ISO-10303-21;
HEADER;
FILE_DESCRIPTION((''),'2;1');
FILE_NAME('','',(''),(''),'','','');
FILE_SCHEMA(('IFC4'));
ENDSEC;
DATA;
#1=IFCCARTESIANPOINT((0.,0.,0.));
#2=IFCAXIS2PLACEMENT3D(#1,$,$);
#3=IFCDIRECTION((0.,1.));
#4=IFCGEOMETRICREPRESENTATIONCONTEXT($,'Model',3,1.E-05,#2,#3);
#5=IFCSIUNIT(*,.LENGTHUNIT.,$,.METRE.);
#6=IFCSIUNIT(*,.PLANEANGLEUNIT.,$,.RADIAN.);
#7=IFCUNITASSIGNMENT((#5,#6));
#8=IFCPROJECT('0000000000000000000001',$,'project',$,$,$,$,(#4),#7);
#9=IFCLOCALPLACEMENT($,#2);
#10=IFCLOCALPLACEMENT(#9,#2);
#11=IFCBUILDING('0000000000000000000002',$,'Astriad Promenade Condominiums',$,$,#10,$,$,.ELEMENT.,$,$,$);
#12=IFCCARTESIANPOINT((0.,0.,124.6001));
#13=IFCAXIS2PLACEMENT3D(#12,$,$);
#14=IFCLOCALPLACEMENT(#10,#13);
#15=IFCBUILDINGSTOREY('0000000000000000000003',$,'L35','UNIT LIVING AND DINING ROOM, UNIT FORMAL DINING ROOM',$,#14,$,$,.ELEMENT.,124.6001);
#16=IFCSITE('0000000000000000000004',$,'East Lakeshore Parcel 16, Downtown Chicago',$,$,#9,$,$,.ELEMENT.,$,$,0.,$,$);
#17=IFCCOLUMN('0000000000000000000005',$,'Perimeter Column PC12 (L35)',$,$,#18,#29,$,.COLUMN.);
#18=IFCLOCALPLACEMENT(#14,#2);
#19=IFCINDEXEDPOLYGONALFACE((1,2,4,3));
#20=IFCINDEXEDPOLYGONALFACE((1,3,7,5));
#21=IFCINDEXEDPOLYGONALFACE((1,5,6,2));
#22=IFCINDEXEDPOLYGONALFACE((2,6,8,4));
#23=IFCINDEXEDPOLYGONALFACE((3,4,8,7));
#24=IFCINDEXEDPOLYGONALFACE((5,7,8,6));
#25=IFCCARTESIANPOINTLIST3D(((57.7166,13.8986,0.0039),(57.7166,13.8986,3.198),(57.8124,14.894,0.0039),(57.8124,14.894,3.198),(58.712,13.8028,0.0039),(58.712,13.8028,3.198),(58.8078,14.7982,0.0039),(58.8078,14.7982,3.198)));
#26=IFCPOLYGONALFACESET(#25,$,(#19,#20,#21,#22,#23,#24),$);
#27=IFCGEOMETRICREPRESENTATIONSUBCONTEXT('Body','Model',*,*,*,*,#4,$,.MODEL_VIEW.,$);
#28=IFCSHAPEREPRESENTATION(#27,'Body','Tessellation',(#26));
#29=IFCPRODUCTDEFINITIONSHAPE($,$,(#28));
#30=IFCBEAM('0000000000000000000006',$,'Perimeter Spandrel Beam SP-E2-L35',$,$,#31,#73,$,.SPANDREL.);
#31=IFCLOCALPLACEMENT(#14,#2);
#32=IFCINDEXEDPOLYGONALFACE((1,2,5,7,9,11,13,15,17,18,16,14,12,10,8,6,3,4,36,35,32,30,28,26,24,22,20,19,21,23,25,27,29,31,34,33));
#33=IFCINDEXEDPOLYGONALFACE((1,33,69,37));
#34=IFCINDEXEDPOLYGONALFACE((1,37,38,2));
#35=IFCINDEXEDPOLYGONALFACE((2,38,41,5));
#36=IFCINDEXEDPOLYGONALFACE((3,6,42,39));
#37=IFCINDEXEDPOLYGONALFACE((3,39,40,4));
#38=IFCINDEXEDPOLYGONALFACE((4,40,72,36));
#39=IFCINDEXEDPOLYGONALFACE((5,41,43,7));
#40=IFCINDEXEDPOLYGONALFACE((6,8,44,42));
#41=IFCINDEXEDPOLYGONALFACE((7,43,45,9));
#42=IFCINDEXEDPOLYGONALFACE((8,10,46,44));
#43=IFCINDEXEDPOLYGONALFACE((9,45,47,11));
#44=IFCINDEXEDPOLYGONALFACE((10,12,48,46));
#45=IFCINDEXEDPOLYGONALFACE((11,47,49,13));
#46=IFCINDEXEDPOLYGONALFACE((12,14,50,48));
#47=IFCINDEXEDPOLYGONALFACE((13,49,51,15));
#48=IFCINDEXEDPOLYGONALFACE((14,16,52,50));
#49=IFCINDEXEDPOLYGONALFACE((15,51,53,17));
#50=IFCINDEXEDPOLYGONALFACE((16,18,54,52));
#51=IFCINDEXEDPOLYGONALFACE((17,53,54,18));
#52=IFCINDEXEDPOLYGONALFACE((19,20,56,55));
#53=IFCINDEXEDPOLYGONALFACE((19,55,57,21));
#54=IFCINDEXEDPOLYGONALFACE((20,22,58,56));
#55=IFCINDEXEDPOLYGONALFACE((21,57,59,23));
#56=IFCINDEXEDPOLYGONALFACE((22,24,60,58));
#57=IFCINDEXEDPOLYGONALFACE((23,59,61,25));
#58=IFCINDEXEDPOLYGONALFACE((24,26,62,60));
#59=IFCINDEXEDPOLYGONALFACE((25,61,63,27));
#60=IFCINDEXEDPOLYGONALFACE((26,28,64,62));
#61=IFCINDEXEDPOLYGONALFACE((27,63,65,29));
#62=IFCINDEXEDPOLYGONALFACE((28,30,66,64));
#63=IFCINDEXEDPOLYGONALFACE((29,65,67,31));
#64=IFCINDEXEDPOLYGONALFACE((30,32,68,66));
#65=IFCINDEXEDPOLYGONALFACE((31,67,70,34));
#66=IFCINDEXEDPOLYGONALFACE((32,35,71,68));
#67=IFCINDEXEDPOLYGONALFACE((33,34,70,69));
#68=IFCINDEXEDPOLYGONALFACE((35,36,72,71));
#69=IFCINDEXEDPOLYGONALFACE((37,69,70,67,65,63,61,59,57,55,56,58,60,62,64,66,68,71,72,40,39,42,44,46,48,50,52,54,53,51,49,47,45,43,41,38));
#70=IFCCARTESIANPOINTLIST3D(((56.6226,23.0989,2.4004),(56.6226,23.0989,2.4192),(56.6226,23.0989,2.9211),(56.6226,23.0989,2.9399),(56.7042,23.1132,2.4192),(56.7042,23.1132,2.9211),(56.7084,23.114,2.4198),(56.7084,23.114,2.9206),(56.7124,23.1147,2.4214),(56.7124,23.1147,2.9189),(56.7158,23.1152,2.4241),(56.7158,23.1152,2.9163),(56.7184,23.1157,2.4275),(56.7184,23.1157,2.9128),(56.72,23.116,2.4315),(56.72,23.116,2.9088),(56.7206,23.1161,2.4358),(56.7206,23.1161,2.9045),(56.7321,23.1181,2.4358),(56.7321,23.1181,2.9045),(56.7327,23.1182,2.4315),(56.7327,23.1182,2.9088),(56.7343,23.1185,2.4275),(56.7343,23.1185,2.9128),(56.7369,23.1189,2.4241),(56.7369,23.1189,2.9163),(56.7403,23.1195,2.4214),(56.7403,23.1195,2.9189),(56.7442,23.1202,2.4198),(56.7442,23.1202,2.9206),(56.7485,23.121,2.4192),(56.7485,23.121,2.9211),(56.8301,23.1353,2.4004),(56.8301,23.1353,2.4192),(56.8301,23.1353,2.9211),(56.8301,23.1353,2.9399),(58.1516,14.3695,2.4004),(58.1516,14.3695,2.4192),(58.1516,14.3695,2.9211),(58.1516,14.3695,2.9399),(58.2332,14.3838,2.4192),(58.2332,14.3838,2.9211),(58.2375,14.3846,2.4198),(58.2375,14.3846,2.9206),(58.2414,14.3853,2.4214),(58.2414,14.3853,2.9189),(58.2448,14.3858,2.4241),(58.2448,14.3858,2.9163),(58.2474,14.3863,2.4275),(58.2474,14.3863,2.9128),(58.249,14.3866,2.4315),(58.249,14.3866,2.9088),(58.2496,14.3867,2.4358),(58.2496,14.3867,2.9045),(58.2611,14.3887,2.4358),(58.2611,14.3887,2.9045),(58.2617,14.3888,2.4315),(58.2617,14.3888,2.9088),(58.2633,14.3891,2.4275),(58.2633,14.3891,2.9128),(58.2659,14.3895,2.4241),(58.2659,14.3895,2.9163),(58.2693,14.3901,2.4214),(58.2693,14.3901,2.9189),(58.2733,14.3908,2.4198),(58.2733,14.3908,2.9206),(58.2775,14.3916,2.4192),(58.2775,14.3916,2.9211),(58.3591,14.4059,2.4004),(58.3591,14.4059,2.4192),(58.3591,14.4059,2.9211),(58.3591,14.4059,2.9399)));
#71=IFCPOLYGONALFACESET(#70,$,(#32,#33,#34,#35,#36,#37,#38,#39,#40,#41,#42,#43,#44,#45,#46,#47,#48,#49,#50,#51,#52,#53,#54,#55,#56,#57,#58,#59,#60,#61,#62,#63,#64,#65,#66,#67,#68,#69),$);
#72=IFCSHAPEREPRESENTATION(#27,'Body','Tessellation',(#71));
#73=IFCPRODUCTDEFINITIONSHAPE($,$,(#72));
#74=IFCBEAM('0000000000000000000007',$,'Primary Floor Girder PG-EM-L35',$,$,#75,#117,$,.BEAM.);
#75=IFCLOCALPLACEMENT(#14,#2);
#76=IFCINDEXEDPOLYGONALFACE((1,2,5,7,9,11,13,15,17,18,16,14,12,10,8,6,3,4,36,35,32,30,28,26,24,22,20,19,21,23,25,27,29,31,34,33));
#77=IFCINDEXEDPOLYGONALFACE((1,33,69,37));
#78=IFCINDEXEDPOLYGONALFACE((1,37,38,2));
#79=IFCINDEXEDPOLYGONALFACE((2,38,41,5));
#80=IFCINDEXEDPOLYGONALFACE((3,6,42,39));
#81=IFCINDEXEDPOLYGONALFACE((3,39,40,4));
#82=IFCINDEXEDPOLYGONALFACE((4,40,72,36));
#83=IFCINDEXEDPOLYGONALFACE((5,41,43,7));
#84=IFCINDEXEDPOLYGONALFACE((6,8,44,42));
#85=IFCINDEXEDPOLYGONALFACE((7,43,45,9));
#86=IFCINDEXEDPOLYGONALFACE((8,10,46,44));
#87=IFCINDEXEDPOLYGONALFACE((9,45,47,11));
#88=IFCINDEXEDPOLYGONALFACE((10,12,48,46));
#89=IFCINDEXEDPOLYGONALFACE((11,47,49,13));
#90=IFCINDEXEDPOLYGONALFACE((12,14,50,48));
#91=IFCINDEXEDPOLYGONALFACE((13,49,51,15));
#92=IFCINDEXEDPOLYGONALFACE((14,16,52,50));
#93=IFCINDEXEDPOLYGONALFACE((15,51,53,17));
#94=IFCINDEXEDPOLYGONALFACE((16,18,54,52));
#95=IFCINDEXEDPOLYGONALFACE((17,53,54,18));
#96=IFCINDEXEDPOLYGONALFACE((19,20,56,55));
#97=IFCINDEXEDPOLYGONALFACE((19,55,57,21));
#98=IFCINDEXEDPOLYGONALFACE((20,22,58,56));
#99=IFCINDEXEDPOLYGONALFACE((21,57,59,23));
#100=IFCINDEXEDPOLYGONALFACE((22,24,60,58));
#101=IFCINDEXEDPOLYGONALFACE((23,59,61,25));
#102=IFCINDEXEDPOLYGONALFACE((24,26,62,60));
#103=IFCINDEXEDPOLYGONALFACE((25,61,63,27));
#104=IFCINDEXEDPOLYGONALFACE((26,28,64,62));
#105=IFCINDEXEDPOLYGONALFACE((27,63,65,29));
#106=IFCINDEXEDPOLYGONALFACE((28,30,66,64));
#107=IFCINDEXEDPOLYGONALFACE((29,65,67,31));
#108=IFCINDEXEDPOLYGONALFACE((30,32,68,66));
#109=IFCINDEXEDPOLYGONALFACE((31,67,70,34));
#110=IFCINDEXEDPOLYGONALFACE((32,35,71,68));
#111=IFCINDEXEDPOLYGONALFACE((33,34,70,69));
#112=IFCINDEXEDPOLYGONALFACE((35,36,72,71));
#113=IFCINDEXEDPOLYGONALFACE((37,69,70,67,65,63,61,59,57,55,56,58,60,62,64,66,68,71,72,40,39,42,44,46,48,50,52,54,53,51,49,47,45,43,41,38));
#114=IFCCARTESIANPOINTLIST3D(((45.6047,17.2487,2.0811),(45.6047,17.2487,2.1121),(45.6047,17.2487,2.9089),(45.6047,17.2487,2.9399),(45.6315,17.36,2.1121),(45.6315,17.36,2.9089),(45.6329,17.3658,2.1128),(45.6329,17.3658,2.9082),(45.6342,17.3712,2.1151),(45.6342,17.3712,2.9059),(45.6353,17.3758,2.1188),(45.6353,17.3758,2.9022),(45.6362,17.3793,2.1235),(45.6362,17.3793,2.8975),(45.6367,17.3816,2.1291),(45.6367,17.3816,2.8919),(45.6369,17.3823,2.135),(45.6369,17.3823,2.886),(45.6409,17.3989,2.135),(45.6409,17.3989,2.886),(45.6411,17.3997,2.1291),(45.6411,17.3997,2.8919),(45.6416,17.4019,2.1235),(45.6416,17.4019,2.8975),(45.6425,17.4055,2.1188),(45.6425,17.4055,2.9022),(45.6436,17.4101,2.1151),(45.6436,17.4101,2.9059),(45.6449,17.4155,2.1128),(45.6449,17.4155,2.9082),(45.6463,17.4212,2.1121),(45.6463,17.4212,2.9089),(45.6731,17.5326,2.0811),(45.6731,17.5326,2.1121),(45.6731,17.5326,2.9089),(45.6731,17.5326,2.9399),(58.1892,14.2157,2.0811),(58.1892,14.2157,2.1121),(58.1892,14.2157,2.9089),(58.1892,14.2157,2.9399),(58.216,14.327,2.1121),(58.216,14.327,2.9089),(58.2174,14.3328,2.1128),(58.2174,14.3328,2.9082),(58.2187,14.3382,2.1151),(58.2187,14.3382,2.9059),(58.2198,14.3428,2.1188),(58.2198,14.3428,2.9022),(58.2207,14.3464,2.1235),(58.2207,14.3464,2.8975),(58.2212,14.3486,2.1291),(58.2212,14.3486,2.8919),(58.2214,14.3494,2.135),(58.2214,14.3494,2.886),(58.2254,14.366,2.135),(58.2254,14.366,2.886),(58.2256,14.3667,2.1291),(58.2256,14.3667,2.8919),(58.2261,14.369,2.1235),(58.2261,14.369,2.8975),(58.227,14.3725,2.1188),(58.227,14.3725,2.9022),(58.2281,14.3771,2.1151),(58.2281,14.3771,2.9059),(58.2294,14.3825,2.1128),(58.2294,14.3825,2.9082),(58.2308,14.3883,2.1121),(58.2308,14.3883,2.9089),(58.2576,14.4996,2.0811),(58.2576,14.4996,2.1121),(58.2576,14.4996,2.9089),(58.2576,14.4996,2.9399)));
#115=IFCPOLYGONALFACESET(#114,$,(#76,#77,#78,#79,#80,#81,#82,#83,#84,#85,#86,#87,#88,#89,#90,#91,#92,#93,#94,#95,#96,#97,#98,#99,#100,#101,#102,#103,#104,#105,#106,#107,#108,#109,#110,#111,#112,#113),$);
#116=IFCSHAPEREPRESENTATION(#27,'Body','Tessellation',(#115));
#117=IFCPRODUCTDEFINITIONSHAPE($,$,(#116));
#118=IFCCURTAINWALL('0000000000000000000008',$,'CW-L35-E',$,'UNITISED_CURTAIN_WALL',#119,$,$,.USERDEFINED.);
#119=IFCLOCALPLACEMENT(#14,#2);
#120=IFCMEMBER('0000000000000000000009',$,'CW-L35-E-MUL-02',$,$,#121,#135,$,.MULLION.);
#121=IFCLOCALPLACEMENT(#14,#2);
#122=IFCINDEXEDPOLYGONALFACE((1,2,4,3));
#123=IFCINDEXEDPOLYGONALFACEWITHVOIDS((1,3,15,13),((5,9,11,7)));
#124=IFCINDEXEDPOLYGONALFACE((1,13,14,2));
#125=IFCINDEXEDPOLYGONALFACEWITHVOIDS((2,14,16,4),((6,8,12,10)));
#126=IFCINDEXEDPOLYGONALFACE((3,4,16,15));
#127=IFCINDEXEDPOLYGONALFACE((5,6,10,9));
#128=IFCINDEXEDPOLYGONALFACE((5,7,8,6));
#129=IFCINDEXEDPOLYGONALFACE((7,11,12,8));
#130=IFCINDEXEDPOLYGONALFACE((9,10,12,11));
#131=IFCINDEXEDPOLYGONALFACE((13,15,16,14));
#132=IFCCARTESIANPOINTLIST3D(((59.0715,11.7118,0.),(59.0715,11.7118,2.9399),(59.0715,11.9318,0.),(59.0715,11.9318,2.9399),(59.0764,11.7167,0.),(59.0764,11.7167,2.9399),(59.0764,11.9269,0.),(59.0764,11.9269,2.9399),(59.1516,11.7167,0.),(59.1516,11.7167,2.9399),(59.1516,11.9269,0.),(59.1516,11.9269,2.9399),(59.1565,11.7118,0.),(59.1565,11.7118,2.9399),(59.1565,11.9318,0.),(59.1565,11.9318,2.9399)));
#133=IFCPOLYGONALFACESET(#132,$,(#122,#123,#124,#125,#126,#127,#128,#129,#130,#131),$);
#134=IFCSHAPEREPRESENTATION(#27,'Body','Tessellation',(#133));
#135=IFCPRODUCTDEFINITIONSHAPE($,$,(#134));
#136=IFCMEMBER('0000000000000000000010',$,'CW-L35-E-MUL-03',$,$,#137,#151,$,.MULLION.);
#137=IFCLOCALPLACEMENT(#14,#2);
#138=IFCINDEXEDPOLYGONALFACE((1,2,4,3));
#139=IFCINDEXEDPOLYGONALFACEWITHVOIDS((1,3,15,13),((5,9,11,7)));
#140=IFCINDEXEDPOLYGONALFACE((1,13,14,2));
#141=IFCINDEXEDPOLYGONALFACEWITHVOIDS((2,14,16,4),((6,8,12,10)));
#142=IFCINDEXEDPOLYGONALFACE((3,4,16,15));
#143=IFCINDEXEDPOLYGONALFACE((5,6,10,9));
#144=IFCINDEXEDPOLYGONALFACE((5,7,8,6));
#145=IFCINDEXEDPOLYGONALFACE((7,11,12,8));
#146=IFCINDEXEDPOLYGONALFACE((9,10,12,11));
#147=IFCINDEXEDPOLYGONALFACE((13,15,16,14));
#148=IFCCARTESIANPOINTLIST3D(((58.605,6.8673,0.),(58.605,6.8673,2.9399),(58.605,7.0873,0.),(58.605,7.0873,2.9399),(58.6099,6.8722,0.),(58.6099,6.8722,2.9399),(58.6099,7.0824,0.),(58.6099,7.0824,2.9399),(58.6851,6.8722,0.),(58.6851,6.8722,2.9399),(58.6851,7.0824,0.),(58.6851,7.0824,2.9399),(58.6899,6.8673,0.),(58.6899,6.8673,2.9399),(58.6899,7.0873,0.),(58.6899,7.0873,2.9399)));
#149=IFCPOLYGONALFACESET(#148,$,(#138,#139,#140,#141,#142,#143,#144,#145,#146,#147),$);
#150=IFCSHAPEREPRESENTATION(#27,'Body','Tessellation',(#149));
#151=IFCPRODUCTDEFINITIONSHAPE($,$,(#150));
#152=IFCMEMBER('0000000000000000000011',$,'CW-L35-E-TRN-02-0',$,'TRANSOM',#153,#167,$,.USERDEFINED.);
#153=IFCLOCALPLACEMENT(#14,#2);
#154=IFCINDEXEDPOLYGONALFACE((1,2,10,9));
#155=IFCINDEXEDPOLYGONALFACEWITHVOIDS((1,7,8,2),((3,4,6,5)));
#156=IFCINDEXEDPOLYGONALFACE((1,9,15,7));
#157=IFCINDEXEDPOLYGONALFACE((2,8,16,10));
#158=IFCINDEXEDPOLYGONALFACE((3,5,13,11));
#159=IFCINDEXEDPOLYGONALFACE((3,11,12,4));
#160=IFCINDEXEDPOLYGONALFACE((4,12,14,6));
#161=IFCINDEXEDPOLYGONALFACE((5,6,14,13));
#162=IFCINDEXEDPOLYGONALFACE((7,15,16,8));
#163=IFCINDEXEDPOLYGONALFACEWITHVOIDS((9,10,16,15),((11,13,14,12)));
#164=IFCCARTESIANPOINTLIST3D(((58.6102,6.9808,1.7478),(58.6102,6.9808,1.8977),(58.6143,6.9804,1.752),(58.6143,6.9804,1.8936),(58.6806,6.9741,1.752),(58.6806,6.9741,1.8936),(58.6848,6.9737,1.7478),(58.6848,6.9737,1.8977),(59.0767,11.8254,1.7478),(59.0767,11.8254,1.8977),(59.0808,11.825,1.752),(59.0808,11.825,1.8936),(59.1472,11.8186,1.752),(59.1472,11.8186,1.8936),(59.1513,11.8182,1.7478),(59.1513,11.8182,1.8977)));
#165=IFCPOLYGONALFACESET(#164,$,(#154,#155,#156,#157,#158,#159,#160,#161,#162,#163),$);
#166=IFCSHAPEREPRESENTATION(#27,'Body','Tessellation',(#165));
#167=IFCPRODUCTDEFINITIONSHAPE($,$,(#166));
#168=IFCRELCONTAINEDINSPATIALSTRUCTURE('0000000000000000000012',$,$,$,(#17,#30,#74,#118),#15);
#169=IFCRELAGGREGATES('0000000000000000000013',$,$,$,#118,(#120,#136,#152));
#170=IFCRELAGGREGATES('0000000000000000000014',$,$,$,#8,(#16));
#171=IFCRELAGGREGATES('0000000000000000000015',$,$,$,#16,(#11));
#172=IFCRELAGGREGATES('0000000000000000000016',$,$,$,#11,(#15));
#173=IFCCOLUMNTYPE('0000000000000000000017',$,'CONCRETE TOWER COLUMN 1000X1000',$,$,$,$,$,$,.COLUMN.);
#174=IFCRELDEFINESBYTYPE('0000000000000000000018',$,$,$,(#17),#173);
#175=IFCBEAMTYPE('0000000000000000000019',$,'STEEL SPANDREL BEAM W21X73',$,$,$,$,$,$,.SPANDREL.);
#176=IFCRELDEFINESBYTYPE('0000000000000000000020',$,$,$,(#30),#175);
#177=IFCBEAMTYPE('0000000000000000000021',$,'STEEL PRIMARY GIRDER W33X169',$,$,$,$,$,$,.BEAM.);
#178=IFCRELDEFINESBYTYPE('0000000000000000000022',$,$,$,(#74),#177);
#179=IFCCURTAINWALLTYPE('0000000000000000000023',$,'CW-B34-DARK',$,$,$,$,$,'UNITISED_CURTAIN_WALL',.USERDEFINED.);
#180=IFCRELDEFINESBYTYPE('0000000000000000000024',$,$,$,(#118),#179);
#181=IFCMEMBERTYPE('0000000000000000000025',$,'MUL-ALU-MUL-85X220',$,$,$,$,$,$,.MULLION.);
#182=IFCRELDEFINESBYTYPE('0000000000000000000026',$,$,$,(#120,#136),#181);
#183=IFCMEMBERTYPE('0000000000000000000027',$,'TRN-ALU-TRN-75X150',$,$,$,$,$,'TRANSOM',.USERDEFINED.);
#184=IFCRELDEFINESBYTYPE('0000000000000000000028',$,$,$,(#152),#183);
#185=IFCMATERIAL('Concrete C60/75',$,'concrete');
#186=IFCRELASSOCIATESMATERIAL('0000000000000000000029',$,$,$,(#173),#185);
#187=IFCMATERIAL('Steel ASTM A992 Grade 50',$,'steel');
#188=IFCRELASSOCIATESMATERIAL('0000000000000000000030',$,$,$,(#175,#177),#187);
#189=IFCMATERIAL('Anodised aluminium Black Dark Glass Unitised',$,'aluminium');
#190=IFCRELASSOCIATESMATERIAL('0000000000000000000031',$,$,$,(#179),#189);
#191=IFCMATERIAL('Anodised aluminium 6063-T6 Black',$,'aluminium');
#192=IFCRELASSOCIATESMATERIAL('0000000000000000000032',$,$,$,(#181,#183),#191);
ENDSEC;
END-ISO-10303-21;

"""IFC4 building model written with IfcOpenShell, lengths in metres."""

from ifc_helpers import new_model, si_unit, direction, frame, origin, origin_2d, place, context, subcontext, project, spatial, rectangle, hollow_rectangle, i_section, extrude, source, transform, mapped, material, material_profile, profile_set, type_object, type_shapes, element, aggregate, save


model = new_model("IFC4")

# Units and contexts
model_context = context("Model", 3, precision=1e-05, world=origin(), true_north=direction((0.0, 1.0)))
body_context = subcontext(model_context, "Body", "Model", "MODEL_VIEW")
ifc_project = project(units=[si_unit("LENGTHUNIT", "METRE"), si_unit("PLANEANGLEUNIT", "RADIAN")], contexts=[model_context])

# Site, building, storey
site_placement = place(None, origin())
site = spatial("IfcSite", under=ifc_project, at=site_placement, Name="East Lakeshore Parcel 16, Downtown Chicago", CompositionType="ELEMENT", RefElevation=0.0)
building_placement = place(site_placement, origin())
building = spatial("IfcBuilding", under=site, at=building_placement, Name="Astriad Promenade Condominiums", CompositionType="ELEMENT")
storey_placement = place(building_placement, frame((0.0, 0.0, 124.6001)))
storey = spatial("IfcBuildingStorey", under=building, at=storey_placement, Name="L35", Description="UNIT LIVING AND DINING ROOM, UNIT FORMAL DINING ROOM", CompositionType="ELEMENT", Elevation=124.6001)

# Column
ifc_material_1 = material(Name="Concrete C60/75", Category="concrete")
ifc_material_profile_1 = material_profile(ifc_material_1, rectangle(XDim=1.0, YDim=1.0, at=origin_2d()), Name="RC-COL-1000X1000")
ifc_profile_set_1 = profile_set([ifc_material_profile_1], Name="Concrete C60/75")
column_type = type_object("IfcColumnType", Name="CONCRETE TOWER COLUMN 1000X1000", PredefinedType="COLUMN", material=ifc_profile_set_1)
shared_shape_1 = source(origin(), body_context, "Body", "SweptSolid", [
    extrude(rectangle(XDim=1.0, YDim=1.0, at=origin_2d()), origin(), (0.0, 0.0, 1.0), 3.1941),
])
type_shapes(column_type, [shared_shape_1])
column_placement = place(storey_placement, frame((58.2622, 14.3484, 0.0039), z_axis=(0.0, 0.0, 1.0), x_axis=(0.995396, -0.095846, 0.0)))
element("IfcColumn", 1, at=column_placement, inside=storey, type_object=column_type, Name="Perimeter Column PC12 (L35)", PredefinedType="COLUMN", context=body_context, shape_type="MappedRepresentation", body=[
    mapped(shared_shape_1, transform((0.0, 0.0, 0.0), scale=1.0)),
])

# Beams
ifc_material_2 = material(Name="Steel ASTM A992 Grade 50", Category="steel")
ifc_material_profile_2 = material_profile(ifc_material_2, i_section(OverallWidth=0.2107, OverallDepth=0.5396, WebThickness=0.0117, FlangeThickness=0.0188, FilletRadius=0.0166, at=origin_2d()), Name="W21X73")
ifc_profile_set_2 = profile_set([ifc_material_profile_2], Name="Steel ASTM A992 Grade 50")
beam_type_1 = type_object("IfcBeamType", Name="STEEL SPANDREL BEAM W21X73", PredefinedType="SPANDREL", material=ifc_profile_set_2)
shared_shape_2 = source(origin(), body_context, "Body", "SweptSolid", [
    extrude(i_section(OverallWidth=0.2107, OverallDepth=0.5396, WebThickness=0.0117, FlangeThickness=0.0188, FilletRadius=0.0166, at=origin_2d()), origin(), (0.0, 0.0, 1.0), 8.8623),
])
type_shapes(beam_type_1, [shared_shape_2])
beam_1_placement = place(storey_placement, frame((58.2554, 14.3877, 2.6702), z_axis=(-0.172533, 0.985004, 0.0), x_axis=(-0.985004, -0.172533, 0.0)))
element("IfcBeam", 2, at=beam_1_placement, inside=storey, type_object=beam_type_1, Name="Perimeter Spandrel Beam SP-E2-L35", PredefinedType="SPANDREL", context=body_context, shape_type="MappedRepresentation", body=[
    mapped(shared_shape_2, transform((0.0, 0.0, 0.0), scale=1.0)),
])
ifc_material_profile_3 = material_profile(ifc_material_2, i_section(OverallWidth=0.292, OverallDepth=0.8589, WebThickness=0.0171, FlangeThickness=0.031, FilletRadius=0.0229, at=origin_2d()), Name="W33X169")
ifc_profile_set_3 = profile_set([ifc_material_profile_3], Name="Steel ASTM A992 Grade 50")
beam_type_2 = type_object("IfcBeamType", Name="STEEL PRIMARY GIRDER W33X169", PredefinedType="BEAM", material=ifc_profile_set_3)
shared_shape_3 = source(origin(), body_context, "Body", "SweptSolid", [
    extrude(i_section(OverallWidth=0.292, OverallDepth=0.8589, WebThickness=0.0171, FlangeThickness=0.031, FilletRadius=0.0229, at=origin_2d()), origin(), (0.0, 0.0, 1.0), 12.9448),
])
type_shapes(beam_type_2, [shared_shape_3])
beam_2_placement = place(storey_placement, frame((58.2234, 14.3577, 2.5105), z_axis=(-0.972164, 0.234299, 0.0), x_axis=(-0.234299, -0.972164, 0.0)))
element("IfcBeam", 3, at=beam_2_placement, inside=storey, type_object=beam_type_2, Name="Primary Floor Girder PG-EM-L35", PredefinedType="BEAM", context=body_context, shape_type="MappedRepresentation", body=[
    mapped(shared_shape_3, transform((0.0, 0.0, 0.0), scale=1.0)),
])

# Curtain wall, members
ifc_material_3 = material(Name="Anodised aluminium Black Dark Glass Unitised", Category="aluminium")
curtain_wall_type = type_object("IfcCurtainWallType", Name="CW-B34-DARK", ElementType="UNITISED_CURTAIN_WALL", PredefinedType="USERDEFINED", material=ifc_material_3)
curtain_wall_placement = place(storey_placement, origin())
curtain_wall = element("IfcCurtainWall", 4, at=curtain_wall_placement, inside=storey, type_object=curtain_wall_type, Name="CW-L35-E", ObjectType="UNITISED_CURTAIN_WALL", PredefinedType="USERDEFINED")
ifc_material_4 = material(Name="Anodised aluminium 6063-T6 Black", Category="aluminium")
ifc_material_profile_4 = material_profile(ifc_material_4, hollow_rectangle(XDim=0.085, YDim=0.22, WallThickness=0.0049, at=origin_2d()), Name="ALU-MUL-85X220")
ifc_profile_set_4 = profile_set([ifc_material_profile_4], Name="Anodised aluminium 6063-T6 Black")
member_type_1 = type_object("IfcMemberType", Name="MUL-ALU-MUL-85X220", PredefinedType="MULLION", material=ifc_profile_set_4)
shared_shape_4 = source(origin(), body_context, "Body", "SweptSolid", [
    extrude(hollow_rectangle(XDim=0.085, YDim=0.22, WallThickness=0.0049, at=origin_2d()), origin(), (0.0, 0.0, 1.0), 2.9399),
])
type_shapes(member_type_1, [shared_shape_4])
member_1_placement = place(storey_placement, frame((59.114, 11.8218, 0.0), z_axis=(0.0, 0.0, 1.0), x_axis=(1.0, 0.0, 0.0)))
member_1 = element("IfcMember", 5, at=member_1_placement, type_object=member_type_1, Name="CW-L35-E-MUL-02", PredefinedType="MULLION", context=body_context, shape_type="MappedRepresentation", body=[
    mapped(shared_shape_4, transform((0.0, 0.0, 0.0), scale=1.0)),
])
member_2_placement = place(storey_placement, frame((58.6475, 6.9773, 0.0), z_axis=(0.0, 0.0, 1.0), x_axis=(1.0, 0.0, 0.0)))
member_2 = element("IfcMember", 6, at=member_2_placement, type_object=member_type_1, Name="CW-L35-E-MUL-03", PredefinedType="MULLION", context=body_context, shape_type="MappedRepresentation", body=[
    mapped(shared_shape_4, transform((0.0, 0.0, 0.0), scale=1.0)),
])
ifc_material_profile_5 = material_profile(ifc_material_4, hollow_rectangle(XDim=0.075, YDim=0.1499, WallThickness=0.0042, at=origin_2d()), Name="ALU-TRN-75X150")
ifc_profile_set_5 = profile_set([ifc_material_profile_5], Name="Anodised aluminium 6063-T6 Black")
member_type_2 = type_object("IfcMemberType", Name="TRN-ALU-TRN-75X150", ElementType="TRANSOM", PredefinedType="USERDEFINED", material=ifc_profile_set_5)
shared_shape_5 = source(origin(), body_context, "Body", "SweptSolid", [
    extrude(hollow_rectangle(XDim=0.075, YDim=0.1499, WallThickness=0.0042, at=origin_2d()), origin(), (0.0, 0.0, 1.0), 4.8669),
])
type_shapes(member_type_2, [shared_shape_5])
member_3_placement = place(storey_placement, frame((59.114, 11.8218, 1.8228), z_axis=(-0.095862, -0.995395, 0.0), x_axis=(0.995395, -0.095862, 0.0)))
member_3 = element("IfcMember", 7, at=member_3_placement, type_object=member_type_2, Name="CW-L35-E-TRN-02-0", ObjectType="TRANSOM", PredefinedType="USERDEFINED", context=body_context, shape_type="MappedRepresentation", body=[
    mapped(shared_shape_5, transform((0.0, 0.0, 0.0), scale=1.0)),
])
aggregate(curtain_wall, [member_1, member_2, member_3])

save(model, "model.ifc")
